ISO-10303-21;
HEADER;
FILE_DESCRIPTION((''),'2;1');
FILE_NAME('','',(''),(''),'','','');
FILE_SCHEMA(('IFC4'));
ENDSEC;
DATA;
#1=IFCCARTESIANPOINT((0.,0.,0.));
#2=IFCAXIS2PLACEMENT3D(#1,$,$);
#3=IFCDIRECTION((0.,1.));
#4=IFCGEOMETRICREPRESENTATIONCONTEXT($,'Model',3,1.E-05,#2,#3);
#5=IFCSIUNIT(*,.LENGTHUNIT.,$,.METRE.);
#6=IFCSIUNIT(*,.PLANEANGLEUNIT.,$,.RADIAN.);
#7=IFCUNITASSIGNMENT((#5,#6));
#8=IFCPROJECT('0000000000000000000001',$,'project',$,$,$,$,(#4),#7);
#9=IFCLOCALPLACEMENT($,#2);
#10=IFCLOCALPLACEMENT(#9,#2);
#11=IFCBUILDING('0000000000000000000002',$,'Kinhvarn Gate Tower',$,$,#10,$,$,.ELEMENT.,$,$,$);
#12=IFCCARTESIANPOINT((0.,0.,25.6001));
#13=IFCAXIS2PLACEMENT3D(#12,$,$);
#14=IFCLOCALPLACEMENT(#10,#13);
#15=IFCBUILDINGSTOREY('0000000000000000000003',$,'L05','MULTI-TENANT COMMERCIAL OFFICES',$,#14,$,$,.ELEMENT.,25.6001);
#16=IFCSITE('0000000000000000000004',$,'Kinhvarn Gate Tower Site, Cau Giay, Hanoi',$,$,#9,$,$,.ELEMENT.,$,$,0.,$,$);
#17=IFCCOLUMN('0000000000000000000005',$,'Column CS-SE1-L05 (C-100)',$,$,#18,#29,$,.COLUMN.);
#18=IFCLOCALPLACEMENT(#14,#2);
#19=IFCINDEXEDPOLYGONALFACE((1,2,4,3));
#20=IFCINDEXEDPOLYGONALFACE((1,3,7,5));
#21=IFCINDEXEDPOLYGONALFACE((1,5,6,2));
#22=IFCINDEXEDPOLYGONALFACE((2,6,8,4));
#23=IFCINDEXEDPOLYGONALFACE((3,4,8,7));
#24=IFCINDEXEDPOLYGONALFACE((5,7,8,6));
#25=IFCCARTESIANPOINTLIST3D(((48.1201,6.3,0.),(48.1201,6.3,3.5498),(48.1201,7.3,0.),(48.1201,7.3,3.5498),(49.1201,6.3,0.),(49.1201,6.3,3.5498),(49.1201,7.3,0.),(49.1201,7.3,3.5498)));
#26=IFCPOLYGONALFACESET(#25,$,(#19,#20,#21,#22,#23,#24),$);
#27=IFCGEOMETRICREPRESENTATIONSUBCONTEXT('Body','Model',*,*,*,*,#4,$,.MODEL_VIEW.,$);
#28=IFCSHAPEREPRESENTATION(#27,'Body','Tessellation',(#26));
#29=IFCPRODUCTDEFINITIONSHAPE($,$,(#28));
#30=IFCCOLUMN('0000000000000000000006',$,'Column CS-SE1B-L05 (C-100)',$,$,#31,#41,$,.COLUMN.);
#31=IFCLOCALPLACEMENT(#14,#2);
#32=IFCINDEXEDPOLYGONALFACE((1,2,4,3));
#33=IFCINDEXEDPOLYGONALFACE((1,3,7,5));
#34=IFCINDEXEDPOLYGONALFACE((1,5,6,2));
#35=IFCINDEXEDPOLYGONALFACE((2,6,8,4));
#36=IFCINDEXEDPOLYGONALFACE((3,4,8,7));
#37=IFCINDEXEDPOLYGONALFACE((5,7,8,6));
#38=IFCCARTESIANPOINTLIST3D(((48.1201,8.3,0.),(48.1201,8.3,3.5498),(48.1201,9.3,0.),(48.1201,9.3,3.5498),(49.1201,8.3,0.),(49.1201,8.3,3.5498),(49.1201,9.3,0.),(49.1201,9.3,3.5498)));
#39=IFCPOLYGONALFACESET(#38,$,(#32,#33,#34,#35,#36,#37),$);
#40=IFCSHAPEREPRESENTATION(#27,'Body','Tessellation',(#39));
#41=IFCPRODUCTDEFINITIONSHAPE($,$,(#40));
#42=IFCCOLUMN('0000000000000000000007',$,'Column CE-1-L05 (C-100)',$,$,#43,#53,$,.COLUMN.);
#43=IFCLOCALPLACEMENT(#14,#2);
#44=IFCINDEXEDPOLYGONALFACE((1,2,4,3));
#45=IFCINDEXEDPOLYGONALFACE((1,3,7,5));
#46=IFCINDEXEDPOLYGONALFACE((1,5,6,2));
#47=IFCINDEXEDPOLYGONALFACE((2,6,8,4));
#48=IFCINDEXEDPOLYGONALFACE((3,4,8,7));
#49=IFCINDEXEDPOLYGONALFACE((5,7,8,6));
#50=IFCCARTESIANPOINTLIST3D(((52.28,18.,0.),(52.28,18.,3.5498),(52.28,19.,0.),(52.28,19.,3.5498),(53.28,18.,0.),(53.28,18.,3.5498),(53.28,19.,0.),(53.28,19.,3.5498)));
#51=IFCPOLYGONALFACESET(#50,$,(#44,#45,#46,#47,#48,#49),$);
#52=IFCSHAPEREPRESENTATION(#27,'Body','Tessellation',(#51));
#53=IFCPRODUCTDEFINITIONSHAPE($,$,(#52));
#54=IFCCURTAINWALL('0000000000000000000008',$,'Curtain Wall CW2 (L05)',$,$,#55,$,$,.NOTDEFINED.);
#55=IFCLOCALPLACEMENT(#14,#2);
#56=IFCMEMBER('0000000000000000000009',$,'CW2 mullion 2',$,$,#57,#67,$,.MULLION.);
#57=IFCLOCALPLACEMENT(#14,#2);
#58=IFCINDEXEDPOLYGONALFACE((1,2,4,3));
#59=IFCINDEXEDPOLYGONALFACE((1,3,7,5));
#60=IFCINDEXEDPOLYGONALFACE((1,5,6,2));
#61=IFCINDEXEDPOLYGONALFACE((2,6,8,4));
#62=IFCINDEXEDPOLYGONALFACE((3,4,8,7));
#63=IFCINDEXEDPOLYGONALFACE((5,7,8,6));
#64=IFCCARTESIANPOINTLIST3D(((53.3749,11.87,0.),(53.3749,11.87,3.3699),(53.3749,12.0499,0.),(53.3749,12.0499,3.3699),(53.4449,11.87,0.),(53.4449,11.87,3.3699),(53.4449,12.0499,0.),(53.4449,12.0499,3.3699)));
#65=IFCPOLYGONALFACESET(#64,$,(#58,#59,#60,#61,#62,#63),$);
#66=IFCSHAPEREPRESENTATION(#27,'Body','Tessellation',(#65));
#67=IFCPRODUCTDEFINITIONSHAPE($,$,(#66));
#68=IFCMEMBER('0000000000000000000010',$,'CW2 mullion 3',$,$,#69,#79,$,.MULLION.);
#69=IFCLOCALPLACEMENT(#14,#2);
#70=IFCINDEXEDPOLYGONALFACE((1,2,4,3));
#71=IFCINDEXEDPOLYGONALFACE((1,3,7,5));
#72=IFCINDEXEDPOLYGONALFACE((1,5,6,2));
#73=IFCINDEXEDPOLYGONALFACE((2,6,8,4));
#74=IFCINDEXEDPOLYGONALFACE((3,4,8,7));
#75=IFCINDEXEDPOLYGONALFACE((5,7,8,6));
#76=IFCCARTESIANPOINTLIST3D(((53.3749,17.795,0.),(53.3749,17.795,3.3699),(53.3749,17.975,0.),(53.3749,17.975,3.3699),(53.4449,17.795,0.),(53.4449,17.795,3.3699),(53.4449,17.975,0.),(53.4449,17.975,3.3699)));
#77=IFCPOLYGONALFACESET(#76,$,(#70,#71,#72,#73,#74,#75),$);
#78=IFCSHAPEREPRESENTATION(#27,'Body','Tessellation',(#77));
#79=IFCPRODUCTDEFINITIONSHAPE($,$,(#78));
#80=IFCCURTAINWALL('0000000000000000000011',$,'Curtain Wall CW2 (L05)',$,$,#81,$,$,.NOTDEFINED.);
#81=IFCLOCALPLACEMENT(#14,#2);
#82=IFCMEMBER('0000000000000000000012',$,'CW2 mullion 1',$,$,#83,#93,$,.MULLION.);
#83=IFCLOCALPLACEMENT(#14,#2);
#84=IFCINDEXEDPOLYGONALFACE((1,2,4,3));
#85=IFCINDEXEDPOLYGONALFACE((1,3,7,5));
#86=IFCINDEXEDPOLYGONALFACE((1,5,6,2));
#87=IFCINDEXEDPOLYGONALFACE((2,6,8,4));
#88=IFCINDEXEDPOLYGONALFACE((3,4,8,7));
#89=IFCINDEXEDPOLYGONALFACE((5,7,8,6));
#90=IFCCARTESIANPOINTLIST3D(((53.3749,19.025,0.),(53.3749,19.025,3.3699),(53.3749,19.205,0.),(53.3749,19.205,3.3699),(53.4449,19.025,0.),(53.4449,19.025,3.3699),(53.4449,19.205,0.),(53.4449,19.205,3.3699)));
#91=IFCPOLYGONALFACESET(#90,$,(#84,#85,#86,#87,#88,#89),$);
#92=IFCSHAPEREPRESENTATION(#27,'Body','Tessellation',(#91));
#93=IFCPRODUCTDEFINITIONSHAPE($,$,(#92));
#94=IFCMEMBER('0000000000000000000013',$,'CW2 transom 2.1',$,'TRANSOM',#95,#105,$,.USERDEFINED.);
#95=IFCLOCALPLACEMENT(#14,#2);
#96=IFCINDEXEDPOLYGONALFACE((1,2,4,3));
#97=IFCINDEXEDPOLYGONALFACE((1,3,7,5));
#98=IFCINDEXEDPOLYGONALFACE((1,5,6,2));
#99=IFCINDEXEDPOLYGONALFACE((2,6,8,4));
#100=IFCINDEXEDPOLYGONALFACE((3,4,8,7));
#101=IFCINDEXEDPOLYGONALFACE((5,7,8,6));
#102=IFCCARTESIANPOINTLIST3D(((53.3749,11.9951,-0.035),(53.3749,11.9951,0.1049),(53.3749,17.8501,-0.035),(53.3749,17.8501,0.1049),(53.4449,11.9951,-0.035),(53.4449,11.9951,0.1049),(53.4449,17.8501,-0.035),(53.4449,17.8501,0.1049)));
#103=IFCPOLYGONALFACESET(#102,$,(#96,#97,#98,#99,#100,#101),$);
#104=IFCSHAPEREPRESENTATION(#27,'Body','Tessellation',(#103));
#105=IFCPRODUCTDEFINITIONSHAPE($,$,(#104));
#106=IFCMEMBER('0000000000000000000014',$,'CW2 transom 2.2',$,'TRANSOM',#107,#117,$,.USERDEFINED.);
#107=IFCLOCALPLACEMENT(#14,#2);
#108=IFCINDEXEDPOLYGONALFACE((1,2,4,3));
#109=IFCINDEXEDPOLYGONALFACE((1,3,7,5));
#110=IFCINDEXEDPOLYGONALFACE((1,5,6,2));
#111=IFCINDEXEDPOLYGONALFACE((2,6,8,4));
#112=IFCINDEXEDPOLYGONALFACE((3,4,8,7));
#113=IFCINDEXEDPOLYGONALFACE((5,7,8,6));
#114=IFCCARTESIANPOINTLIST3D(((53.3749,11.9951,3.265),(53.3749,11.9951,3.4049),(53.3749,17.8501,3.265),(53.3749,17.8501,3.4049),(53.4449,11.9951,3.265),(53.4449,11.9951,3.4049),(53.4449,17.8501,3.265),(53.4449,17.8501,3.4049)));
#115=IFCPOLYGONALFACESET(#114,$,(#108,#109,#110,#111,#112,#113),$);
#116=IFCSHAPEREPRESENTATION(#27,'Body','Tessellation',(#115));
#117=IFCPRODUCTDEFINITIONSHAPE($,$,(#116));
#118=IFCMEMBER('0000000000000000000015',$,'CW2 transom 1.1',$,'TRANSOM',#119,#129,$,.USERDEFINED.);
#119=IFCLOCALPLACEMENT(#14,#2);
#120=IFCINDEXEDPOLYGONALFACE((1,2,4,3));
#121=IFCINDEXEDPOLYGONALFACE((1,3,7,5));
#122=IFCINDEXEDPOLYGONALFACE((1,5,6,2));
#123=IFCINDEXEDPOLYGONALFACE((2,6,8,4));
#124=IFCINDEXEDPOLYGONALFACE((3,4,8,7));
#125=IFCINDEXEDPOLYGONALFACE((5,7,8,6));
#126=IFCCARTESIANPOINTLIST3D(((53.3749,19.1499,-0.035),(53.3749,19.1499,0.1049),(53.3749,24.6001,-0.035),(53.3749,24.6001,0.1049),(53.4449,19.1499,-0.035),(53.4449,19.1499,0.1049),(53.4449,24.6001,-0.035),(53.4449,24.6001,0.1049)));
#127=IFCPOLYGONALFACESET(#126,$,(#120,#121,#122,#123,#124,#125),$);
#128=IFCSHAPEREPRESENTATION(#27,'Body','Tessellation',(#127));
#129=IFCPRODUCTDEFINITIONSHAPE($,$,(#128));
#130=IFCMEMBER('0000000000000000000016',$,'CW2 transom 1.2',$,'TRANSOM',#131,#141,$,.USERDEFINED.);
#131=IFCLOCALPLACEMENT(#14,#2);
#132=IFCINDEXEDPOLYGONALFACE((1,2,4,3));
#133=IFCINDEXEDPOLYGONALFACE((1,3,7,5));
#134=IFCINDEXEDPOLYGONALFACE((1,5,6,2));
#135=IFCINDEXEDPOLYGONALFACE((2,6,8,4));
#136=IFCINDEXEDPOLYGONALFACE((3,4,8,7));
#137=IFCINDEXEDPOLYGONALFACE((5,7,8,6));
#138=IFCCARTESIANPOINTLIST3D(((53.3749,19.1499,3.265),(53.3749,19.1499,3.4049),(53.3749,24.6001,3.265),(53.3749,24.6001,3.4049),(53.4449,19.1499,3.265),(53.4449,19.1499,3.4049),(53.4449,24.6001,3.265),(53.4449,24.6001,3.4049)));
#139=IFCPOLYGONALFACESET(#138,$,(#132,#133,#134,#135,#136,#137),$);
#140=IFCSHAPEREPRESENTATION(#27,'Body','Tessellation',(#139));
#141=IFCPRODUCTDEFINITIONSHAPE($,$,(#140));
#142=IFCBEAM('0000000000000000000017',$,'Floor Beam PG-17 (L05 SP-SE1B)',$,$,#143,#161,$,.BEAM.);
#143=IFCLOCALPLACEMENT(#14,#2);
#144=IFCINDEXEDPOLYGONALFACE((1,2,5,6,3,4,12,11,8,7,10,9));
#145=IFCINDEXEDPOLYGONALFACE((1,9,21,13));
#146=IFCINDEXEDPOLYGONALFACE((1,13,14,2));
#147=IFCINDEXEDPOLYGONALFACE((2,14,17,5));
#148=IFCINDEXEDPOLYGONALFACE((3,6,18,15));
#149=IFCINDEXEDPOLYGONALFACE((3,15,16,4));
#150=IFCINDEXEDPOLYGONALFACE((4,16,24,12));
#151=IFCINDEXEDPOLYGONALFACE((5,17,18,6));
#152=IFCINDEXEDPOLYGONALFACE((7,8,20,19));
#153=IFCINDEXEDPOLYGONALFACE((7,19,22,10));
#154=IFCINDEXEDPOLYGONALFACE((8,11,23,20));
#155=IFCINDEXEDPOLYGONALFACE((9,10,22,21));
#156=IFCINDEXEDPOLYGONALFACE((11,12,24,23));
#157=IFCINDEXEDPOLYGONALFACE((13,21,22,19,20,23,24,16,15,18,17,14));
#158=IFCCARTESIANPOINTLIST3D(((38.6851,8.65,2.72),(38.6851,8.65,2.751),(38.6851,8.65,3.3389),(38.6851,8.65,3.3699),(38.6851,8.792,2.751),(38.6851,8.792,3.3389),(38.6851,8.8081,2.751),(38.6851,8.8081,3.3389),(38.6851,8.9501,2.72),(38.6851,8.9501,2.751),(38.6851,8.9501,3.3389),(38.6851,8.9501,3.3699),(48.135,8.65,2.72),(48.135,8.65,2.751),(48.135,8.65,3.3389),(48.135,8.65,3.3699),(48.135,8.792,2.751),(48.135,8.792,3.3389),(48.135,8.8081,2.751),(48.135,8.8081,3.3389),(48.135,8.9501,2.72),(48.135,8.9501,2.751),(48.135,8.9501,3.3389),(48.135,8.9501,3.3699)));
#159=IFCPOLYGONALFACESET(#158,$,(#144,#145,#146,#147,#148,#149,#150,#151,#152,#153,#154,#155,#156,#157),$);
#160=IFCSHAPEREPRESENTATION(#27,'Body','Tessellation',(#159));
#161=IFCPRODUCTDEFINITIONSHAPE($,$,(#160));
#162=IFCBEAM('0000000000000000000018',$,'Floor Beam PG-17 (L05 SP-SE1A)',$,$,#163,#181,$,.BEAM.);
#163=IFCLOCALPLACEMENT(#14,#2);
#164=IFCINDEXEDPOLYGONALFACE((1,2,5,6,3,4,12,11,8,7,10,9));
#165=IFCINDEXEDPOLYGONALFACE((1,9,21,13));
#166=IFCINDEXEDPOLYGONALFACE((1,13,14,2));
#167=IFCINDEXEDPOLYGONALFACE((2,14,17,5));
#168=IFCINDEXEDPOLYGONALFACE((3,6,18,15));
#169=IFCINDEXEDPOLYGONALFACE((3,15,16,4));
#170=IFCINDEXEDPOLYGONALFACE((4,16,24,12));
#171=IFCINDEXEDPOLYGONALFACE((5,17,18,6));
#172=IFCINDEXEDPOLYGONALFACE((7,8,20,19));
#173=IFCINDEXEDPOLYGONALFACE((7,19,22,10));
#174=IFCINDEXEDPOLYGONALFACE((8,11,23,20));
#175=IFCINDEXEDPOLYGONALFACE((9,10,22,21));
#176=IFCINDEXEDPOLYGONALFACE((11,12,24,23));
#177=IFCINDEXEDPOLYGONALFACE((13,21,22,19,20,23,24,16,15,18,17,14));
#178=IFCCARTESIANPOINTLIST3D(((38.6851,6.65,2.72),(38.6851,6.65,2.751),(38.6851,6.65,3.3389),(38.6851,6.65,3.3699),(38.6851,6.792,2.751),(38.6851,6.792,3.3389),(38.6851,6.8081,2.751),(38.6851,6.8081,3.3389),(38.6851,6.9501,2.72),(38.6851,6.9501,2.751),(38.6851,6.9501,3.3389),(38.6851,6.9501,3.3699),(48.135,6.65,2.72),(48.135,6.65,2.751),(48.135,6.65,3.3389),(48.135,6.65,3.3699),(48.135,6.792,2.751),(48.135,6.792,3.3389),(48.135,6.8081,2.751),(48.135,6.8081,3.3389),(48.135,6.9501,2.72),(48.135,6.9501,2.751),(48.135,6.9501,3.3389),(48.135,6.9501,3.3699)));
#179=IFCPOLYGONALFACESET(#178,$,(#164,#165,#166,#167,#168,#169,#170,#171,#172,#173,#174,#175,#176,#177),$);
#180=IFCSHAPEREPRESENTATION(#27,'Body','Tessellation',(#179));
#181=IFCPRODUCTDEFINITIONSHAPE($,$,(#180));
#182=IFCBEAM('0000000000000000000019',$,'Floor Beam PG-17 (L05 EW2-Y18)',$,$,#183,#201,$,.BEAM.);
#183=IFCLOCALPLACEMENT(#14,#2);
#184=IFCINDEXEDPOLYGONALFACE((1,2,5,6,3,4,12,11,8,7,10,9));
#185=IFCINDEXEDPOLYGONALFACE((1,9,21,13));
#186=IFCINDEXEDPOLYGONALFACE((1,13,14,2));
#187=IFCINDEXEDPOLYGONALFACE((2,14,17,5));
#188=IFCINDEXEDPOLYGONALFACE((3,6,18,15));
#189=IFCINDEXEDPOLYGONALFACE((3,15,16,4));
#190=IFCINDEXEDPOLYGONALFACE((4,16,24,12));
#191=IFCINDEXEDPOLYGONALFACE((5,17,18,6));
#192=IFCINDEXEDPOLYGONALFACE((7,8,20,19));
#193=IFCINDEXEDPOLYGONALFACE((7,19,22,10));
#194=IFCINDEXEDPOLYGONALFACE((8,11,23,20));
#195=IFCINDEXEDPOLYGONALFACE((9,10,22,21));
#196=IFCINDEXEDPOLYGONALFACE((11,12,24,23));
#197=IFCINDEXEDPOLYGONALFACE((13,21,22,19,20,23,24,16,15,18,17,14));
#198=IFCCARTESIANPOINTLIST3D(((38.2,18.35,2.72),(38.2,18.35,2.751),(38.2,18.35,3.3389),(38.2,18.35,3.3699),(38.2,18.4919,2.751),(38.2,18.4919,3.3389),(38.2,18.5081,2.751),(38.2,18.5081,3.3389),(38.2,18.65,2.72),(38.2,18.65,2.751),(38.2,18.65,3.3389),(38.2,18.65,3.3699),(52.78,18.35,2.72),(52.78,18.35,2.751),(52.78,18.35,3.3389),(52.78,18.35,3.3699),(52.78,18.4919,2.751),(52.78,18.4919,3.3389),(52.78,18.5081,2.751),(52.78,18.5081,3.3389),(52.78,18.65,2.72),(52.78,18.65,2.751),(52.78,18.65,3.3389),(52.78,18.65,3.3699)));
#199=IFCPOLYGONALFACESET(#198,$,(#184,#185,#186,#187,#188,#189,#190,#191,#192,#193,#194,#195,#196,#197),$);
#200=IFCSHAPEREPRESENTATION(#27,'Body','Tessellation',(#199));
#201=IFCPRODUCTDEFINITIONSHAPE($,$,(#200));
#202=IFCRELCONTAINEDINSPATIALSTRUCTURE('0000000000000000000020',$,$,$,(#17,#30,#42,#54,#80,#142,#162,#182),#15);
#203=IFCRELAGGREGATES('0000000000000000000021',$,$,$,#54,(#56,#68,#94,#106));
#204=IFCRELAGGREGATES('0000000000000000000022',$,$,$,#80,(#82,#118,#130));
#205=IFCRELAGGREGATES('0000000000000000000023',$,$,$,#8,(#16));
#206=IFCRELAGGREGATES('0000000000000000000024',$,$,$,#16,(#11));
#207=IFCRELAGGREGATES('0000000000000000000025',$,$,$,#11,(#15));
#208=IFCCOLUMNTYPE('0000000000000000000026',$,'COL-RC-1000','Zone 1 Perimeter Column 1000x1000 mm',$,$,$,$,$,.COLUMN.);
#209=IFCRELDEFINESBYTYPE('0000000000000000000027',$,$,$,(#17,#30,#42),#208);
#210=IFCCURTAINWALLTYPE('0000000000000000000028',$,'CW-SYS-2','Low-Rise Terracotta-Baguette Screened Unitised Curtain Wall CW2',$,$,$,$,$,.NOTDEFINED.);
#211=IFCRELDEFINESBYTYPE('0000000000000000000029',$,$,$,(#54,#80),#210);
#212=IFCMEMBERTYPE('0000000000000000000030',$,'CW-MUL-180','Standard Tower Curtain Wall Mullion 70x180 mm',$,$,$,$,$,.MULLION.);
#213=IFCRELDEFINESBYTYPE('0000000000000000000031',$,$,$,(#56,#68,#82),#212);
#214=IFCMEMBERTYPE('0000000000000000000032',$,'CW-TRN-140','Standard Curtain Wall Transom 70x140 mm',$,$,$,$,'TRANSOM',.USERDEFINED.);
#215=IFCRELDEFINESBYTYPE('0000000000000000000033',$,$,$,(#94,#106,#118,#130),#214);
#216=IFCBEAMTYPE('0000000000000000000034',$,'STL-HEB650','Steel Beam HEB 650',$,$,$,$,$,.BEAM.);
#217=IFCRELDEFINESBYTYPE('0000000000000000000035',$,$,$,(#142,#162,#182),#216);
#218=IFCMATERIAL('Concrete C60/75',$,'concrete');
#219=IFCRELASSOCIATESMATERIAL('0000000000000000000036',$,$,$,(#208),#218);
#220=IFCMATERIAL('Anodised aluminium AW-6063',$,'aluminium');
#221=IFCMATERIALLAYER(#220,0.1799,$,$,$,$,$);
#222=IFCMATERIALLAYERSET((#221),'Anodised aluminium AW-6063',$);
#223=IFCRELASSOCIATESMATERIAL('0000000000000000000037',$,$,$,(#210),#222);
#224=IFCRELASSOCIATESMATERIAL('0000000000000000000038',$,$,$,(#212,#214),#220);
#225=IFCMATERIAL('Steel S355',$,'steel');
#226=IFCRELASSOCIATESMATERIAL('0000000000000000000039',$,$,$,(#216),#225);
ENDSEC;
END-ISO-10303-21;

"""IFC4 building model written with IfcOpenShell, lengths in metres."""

from ifc_helpers import new_model, si_unit, direction, frame, origin, origin_2d, place, context, subcontext, project, spatial, rectangle, i_section, extrude, material, layer, layer_set, material_profile, profile_set, type_object, element, aggregate, save


model = new_model("IFC4")

# Units and contexts
model_context = context("Model", 3, precision=1e-05, world=origin(), true_north=direction((0.0, 1.0)))
body_context = subcontext(model_context, "Body", "Model", "MODEL_VIEW")
ifc_project = project(units=[si_unit("LENGTHUNIT", "METRE"), si_unit("PLANEANGLEUNIT", "RADIAN")], contexts=[model_context])

# Site, building, storey
site_placement = place(None, origin())
site = spatial("IfcSite", under=ifc_project, at=site_placement, Name="Kinhvarn Gate Tower Site, Cau Giay, Hanoi", CompositionType="ELEMENT", RefElevation=0.0)
building_placement = place(site_placement, origin())
building = spatial("IfcBuilding", under=site, at=building_placement, Name="Kinhvarn Gate Tower", CompositionType="ELEMENT")
storey_placement = place(building_placement, frame((0.0, 0.0, 25.6001)))
storey = spatial("IfcBuildingStorey", under=building, at=storey_placement, Name="L05", Description="MULTI-TENANT COMMERCIAL OFFICES", CompositionType="ELEMENT", Elevation=25.6001)

# Columns
ifc_material_1 = material(Name="Concrete C60/75", Category="concrete")
ifc_material_profile_1 = material_profile(ifc_material_1, rectangle(XDim=1.0, YDim=1.0, at=origin_2d()), Name="RC 1000x1000")
ifc_profile_set_1 = profile_set([ifc_material_profile_1], Name="Concrete C60/75")
column_type = type_object("IfcColumnType", Name="COL-RC-1000", Description="Zone 1 Perimeter Column 1000x1000 mm", PredefinedType="COLUMN", material=ifc_profile_set_1)
for number, where, z_axis, x_axis, name in (
    (1, (48.6201, 6.8, 0.0), (0.0, 0.0, 1.0), (1.0, 0.0, 0.0), "Column CS-SE1-L05 (C-100)"),
    (2, (48.6201, 8.8, 0.0), (0.0, 0.0, 1.0), (1.0, 0.0, 0.0), "Column CS-SE1B-L05 (C-100)"),
    (3, (52.78, 18.5, 0.0), (0.0, 0.0, 1.0), (1.0, 0.0, 0.0), "Column CE-1-L05 (C-100)"),
):
    element("IfcColumn", number, at=place(storey_placement, frame(where, z_axis=z_axis, x_axis=x_axis)), inside=storey, type_object=column_type, Name=name, PredefinedType="COLUMN", context=body_context, shape_type="SweptSolid", body=[
        extrude(rectangle(XDim=1.0, YDim=1.0, at=origin_2d()), origin(), (0.0, 0.0, 1.0), 3.5498),
    ])

# Curtain wall, members
ifc_material_2 = material(Name="Anodised aluminium AW-6063", Category="aluminium")
ifc_layer_1 = layer(ifc_material_2, 0.1799)
ifc_layer_set_1 = layer_set([ifc_layer_1], Name="Anodised aluminium AW-6063")
curtain_wall_type = type_object("IfcCurtainWallType", Name="CW-SYS-2", Description="Low-Rise Terracotta-Baguette Screened Unitised Curtain Wall CW2", PredefinedType="NOTDEFINED", material=ifc_layer_set_1)
curtain_wall_1_placement = place(storey_placement, origin())
curtain_wall_1 = element("IfcCurtainWall", 4, at=curtain_wall_1_placement, inside=storey, type_object=curtain_wall_type, Name="Curtain Wall CW2 (L05)", PredefinedType="NOTDEFINED")
ifc_material_profile_2 = material_profile(ifc_material_2, rectangle(XDim=0.0701, YDim=0.1799, at=origin_2d()), Name="ALU 70x180")
ifc_profile_set_2 = profile_set([ifc_material_profile_2], Name="Anodised aluminium AW-6063")
member_type_1 = type_object("IfcMemberType", Name="CW-MUL-180", Description="Standard Tower Curtain Wall Mullion 70x180 mm", PredefinedType="MULLION", material=ifc_profile_set_2)
member_1_placement = place(storey_placement, frame((53.4099, 11.96, 0.0), z_axis=(0.0, 0.0, 1.0), x_axis=(-1.0, 0.0, 0.0)))
member_1 = element("IfcMember", 5, at=member_1_placement, type_object=member_type_1, Name="CW2 mullion 2", PredefinedType="MULLION", context=body_context, shape_type="SweptSolid", body=[
    extrude(rectangle(XDim=0.0701, YDim=0.1799, at=origin_2d()), origin(), (0.0, 0.0, 1.0), 3.3699),
])
member_2_placement = place(storey_placement, frame((53.4099, 17.885, 0.0), z_axis=(0.0, 0.0, 1.0), x_axis=(-1.0, 0.0, 0.0)))
member_2 = element("IfcMember", 6, at=member_2_placement, type_object=member_type_1, Name="CW2 mullion 3", PredefinedType="MULLION", context=body_context, shape_type="SweptSolid", body=[
    extrude(rectangle(XDim=0.0701, YDim=0.1799, at=origin_2d()), origin(), (0.0, 0.0, 1.0), 3.3699),
])

# Curtain wall, member
curtain_wall_2_placement = place(storey_placement, origin())
curtain_wall_2 = element("IfcCurtainWall", 7, at=curtain_wall_2_placement, inside=storey, type_object=curtain_wall_type, Name="Curtain Wall CW2 (L05)", PredefinedType="NOTDEFINED")
member_3_placement = place(storey_placement, frame((53.4099, 19.115, 0.0), z_axis=(0.0, 0.0, 1.0), x_axis=(-1.0, 0.0, 0.0)))
member_3 = element("IfcMember", 8, at=member_3_placement, type_object=member_type_1, Name="CW2 mullion 1", PredefinedType="MULLION", context=body_context, shape_type="SweptSolid", body=[
    extrude(rectangle(XDim=0.0701, YDim=0.1799, at=origin_2d()), origin(), (0.0, 0.0, 1.0), 3.3699),
])

# Members
ifc_material_profile_3 = material_profile(ifc_material_2, rectangle(XDim=0.0701, YDim=0.1399, at=origin_2d()), Name="ALU 70x140")
ifc_profile_set_3 = profile_set([ifc_material_profile_3], Name="Anodised aluminium AW-6063")
member_type_2 = type_object("IfcMemberType", Name="CW-TRN-140", Description="Standard Curtain Wall Transom 70x140 mm", ElementType="TRANSOM", PredefinedType="USERDEFINED", material=ifc_profile_set_3)
member_4_placement = place(storey_placement, frame((53.4099, 11.9951, 0.0349), z_axis=(0.0, 1.0, 0.0), x_axis=(-1.0, 0.0, 0.0)))
member_4 = element("IfcMember", 9, at=member_4_placement, type_object=member_type_2, Name="CW2 transom 2.1", ObjectType="TRANSOM", PredefinedType="USERDEFINED", context=body_context, shape_type="SweptSolid", body=[
    extrude(rectangle(XDim=0.0701, YDim=0.1399, at=origin_2d()), origin(), (0.0, 0.0, 1.0), 5.855),
])
member_5_placement = place(storey_placement, frame((53.4099, 11.9951, 3.335), z_axis=(0.0, 1.0, 0.0), x_axis=(-1.0, 0.0, 0.0)))
member_5 = element("IfcMember", 10, at=member_5_placement, type_object=member_type_2, Name="CW2 transom 2.2", ObjectType="TRANSOM", PredefinedType="USERDEFINED", context=body_context, shape_type="SweptSolid", body=[
    extrude(rectangle(XDim=0.0701, YDim=0.1399, at=origin_2d()), origin(), (0.0, 0.0, 1.0), 5.855),
])
member_6_placement = place(storey_placement, frame((53.4099, 19.1499, 0.0349), z_axis=(0.0, 1.0, 0.0), x_axis=(-1.0, 0.0, 0.0)))
member_6 = element("IfcMember", 11, at=member_6_placement, type_object=member_type_2, Name="CW2 transom 1.1", ObjectType="TRANSOM", PredefinedType="USERDEFINED", context=body_context, shape_type="SweptSolid", body=[
    extrude(rectangle(XDim=0.0701, YDim=0.1399, at=origin_2d()), origin(), (0.0, 0.0, 1.0), 5.4502),
])
member_7_placement = place(storey_placement, frame((53.4099, 19.1499, 3.335), z_axis=(0.0, 1.0, 0.0), x_axis=(-1.0, 0.0, 0.0)))
member_7 = element("IfcMember", 12, at=member_7_placement, type_object=member_type_2, Name="CW2 transom 1.2", ObjectType="TRANSOM", PredefinedType="USERDEFINED", context=body_context, shape_type="SweptSolid", body=[
    extrude(rectangle(XDim=0.0701, YDim=0.1399, at=origin_2d()), origin(), (0.0, 0.0, 1.0), 5.4502),
])

# Beams
ifc_material_3 = material(Name="Steel S355", Category="steel")
ifc_material_profile_4 = material_profile(ifc_material_3, i_section(OverallWidth=0.3, OverallDepth=0.6499, WebThickness=0.0161, FlangeThickness=0.031, at=origin_2d()), Name="HEB 650")
ifc_profile_set_4 = profile_set([ifc_material_profile_4], Name="Steel S355")
beam_type_1 = type_object("IfcBeamType", Name="STL-HEB650", Description="Steel Beam HEB 650", PredefinedType="BEAM", material=ifc_profile_set_4)
for number, where, z_axis, x_axis, name in (
    (13, (38.6851, 8.8, 3.0449), (1.0, 0.0, 0.0), (0.0, 1.0, 0.0), "Floor Beam PG-17 (L05 SP-SE1B)"),
    (14, (38.6851, 6.8, 3.0449), (1.0, 0.0, 0.0), (0.0, 1.0, 0.0), "Floor Beam PG-17 (L05 SP-SE1A)"),
):
    element("IfcBeam", number, at=place(storey_placement, frame(where, z_axis=z_axis, x_axis=x_axis)), inside=storey, type_object=beam_type_1, Name=name, PredefinedType="BEAM", context=body_context, shape_type="SweptSolid", body=[
        extrude(i_section(OverallWidth=0.3, OverallDepth=0.6499, WebThickness=0.0161, FlangeThickness=0.031, at=origin_2d()), origin(), (0.0, 0.0, 1.0), 9.45),
    ])
beam_1_placement = place(storey_placement, frame((38.2, 18.5, 3.0449), z_axis=(1.0, 0.0, 0.0), x_axis=(0.0, 1.0, 0.0)))
element("IfcBeam", 15, at=beam_1_placement, inside=storey, type_object=beam_type_1, Name="Floor Beam PG-17 (L05 EW2-Y18)", PredefinedType="BEAM", context=body_context, shape_type="SweptSolid", body=[
    extrude(i_section(OverallWidth=0.3, OverallDepth=0.6499, WebThickness=0.0161, FlangeThickness=0.031, at=origin_2d()), origin(), (0.0, 0.0, 1.0), 14.5801),
])

aggregate(curtain_wall_1, [member_1, member_2, member_4, member_5])
aggregate(curtain_wall_2, [member_3, member_6, member_7])

save(model, "model.ifc")
